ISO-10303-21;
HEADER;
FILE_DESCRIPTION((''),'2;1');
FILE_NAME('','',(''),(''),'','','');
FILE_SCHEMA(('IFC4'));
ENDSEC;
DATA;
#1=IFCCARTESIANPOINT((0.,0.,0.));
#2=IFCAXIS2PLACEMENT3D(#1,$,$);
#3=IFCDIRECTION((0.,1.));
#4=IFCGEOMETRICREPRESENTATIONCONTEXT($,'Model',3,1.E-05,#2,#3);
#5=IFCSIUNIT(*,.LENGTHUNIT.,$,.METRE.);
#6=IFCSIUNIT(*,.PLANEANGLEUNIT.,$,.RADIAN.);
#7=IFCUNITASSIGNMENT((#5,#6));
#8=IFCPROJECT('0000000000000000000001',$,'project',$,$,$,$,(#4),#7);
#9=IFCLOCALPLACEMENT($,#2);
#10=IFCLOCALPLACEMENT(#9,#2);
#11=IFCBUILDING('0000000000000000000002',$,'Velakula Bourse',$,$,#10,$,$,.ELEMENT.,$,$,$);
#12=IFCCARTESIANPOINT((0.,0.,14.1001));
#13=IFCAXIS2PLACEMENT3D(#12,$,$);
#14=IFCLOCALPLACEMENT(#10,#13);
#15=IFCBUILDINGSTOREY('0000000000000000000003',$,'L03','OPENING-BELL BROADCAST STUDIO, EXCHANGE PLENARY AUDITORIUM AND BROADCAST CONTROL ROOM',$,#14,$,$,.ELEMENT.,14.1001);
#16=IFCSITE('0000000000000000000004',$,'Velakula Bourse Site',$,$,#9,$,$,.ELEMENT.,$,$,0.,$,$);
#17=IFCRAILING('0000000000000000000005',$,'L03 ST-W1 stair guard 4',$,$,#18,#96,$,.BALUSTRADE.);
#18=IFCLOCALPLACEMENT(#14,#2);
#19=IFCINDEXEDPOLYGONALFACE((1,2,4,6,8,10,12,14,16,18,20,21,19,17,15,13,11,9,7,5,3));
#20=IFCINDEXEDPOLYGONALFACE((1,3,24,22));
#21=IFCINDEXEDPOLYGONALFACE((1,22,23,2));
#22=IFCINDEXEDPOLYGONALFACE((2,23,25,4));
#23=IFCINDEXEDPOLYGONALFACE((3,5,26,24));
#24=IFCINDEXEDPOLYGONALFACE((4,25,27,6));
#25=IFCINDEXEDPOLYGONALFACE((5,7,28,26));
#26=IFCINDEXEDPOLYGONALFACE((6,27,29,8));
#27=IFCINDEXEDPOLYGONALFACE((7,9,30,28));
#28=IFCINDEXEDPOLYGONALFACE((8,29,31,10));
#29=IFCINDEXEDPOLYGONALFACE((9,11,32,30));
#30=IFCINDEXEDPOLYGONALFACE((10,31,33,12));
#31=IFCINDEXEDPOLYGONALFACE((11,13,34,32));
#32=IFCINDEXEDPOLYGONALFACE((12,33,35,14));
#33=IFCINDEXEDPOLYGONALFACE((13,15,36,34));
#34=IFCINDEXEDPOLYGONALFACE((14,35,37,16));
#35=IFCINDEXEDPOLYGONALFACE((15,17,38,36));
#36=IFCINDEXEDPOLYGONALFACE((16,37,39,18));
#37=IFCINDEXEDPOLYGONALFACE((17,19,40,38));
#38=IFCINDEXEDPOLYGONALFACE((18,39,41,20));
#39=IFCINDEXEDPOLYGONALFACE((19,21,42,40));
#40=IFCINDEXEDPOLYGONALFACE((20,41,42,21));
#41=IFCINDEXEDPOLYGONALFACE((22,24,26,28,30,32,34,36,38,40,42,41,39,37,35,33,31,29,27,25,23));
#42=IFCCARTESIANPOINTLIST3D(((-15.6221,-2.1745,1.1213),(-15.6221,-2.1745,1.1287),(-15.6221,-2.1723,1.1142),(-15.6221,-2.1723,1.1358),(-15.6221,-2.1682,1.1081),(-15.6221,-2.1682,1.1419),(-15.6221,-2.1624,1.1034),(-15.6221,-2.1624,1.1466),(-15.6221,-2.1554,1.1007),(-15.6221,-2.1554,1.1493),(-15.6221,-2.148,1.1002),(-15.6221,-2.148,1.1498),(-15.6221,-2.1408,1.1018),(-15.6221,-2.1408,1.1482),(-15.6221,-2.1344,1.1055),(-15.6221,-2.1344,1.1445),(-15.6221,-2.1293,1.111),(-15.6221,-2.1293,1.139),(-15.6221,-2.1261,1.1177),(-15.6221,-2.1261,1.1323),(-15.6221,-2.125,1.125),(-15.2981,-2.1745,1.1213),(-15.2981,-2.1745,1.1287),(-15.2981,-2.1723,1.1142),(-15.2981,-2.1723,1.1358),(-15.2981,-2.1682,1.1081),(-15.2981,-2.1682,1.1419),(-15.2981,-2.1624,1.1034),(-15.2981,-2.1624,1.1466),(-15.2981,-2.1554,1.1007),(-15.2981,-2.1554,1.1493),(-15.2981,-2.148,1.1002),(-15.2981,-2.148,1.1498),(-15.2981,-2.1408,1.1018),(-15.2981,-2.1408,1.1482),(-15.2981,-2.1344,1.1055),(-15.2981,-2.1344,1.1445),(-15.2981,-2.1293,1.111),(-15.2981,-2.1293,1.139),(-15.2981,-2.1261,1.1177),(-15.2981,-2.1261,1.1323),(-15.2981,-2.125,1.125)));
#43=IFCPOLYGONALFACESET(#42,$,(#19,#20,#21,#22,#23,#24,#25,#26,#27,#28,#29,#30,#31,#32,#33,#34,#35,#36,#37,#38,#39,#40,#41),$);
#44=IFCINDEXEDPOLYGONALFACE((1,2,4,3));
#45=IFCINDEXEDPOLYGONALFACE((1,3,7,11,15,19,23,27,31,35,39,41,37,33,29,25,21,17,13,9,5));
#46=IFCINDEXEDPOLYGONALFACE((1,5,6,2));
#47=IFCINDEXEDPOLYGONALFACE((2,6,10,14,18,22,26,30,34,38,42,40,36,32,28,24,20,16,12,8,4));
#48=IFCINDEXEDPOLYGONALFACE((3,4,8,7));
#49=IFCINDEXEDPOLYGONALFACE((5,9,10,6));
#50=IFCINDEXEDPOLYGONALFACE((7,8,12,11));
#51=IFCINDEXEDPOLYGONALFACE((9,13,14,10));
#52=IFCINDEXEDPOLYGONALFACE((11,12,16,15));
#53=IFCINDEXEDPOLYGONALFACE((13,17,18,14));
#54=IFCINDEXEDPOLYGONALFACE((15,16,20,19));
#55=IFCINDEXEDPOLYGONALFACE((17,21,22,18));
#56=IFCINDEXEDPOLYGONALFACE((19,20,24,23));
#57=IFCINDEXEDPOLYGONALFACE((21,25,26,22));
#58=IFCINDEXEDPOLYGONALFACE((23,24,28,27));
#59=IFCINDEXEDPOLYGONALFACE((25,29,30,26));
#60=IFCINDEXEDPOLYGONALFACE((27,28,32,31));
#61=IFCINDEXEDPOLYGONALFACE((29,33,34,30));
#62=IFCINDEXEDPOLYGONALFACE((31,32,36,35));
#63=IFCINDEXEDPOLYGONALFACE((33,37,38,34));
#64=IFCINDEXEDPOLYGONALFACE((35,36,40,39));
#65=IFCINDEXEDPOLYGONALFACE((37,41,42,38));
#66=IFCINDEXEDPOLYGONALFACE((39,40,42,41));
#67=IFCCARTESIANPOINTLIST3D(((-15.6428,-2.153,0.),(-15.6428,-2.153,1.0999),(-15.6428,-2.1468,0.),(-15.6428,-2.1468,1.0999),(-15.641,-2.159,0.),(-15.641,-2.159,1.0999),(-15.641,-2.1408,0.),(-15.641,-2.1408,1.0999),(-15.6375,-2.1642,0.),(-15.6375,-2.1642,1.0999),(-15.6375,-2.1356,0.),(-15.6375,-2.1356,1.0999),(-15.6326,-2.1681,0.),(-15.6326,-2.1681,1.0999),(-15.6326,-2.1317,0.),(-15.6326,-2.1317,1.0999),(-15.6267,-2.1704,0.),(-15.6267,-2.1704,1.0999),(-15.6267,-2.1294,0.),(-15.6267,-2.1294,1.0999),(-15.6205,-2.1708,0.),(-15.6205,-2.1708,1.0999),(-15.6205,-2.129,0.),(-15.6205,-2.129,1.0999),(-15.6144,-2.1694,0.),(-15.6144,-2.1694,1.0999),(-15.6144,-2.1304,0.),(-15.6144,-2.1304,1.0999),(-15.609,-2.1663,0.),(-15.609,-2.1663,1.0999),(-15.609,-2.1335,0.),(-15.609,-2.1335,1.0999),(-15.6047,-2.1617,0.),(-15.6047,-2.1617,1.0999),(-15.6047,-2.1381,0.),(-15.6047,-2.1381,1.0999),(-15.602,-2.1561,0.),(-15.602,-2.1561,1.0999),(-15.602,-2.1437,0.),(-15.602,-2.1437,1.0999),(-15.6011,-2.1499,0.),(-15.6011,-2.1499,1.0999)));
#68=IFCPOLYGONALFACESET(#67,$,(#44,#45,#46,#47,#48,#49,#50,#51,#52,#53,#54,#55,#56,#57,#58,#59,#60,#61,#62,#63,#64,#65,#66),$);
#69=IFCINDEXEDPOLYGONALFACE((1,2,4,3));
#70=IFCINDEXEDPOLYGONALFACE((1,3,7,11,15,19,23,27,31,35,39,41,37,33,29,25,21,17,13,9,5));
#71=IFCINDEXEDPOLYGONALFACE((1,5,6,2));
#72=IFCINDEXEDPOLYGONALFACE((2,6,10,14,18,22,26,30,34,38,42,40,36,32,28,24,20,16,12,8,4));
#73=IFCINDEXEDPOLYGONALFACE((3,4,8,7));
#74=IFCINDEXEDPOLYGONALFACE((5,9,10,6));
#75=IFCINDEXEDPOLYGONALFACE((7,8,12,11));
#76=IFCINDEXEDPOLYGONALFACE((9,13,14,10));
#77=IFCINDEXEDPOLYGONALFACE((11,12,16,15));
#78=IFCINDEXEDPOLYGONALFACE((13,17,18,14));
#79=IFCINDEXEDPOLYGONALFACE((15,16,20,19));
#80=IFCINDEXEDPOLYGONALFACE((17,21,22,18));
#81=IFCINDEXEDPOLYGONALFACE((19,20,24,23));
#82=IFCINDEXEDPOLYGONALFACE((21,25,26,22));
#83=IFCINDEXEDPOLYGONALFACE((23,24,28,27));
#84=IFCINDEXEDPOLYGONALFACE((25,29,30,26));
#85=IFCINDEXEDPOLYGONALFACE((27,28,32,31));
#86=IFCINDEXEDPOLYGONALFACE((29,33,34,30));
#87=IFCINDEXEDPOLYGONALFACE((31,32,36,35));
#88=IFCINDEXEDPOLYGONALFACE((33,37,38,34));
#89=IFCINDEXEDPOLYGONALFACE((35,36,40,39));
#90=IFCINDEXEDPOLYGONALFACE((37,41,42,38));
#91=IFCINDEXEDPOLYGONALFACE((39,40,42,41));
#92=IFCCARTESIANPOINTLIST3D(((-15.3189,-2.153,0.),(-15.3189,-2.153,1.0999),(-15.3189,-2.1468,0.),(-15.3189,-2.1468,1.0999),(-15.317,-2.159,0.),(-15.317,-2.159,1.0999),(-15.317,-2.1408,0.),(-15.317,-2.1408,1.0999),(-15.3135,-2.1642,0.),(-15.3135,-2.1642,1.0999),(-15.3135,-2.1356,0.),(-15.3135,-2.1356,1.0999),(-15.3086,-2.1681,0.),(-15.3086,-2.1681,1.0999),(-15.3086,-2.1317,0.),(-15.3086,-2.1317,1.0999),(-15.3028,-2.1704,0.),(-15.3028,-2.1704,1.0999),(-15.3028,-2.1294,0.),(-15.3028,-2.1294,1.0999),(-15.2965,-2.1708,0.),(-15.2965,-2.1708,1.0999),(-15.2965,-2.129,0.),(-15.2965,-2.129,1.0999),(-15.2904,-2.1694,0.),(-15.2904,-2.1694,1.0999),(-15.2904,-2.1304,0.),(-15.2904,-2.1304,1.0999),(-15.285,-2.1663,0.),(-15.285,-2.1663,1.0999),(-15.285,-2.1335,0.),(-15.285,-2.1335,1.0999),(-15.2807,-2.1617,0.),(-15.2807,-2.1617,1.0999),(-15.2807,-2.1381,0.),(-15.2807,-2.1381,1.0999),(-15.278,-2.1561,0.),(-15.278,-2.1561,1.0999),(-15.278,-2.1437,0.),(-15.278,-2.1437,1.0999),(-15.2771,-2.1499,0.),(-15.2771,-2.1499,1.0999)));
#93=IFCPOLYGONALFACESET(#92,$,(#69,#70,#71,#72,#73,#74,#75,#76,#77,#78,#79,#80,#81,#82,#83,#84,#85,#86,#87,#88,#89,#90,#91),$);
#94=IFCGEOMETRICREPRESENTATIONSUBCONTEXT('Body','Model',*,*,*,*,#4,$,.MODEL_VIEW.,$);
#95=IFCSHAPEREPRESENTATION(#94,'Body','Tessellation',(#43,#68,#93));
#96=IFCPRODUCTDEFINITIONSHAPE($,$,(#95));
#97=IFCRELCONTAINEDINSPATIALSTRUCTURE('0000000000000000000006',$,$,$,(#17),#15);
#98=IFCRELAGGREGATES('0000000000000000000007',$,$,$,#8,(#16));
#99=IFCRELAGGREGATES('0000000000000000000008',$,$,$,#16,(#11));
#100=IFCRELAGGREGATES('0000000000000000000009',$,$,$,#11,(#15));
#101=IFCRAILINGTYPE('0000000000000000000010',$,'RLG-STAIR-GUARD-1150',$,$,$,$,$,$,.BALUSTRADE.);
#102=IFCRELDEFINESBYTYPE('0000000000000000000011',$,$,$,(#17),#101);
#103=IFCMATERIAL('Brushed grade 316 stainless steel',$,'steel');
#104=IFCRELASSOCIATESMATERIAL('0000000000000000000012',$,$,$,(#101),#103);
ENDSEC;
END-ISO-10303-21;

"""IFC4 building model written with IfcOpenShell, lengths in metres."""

from ifc_helpers import new_model, si_unit, direction, frame, origin, origin_2d, place, context, subcontext, project, spatial, circle, extrude, material, type_object, element, save


model = new_model("IFC4")

# Units and contexts
model_context = context("Model", 3, precision=1e-05, world=origin(), true_north=direction((0.0, 1.0)))
body_context = subcontext(model_context, "Body", "Model", "MODEL_VIEW")
ifc_project = project(units=[si_unit("LENGTHUNIT", "METRE"), si_unit("PLANEANGLEUNIT", "RADIAN")], contexts=[model_context])

# Site, building, storey
site_placement = place(None, origin())
site = spatial("IfcSite", under=ifc_project, at=site_placement, Name="Velakula Bourse Site", CompositionType="ELEMENT", RefElevation=0.0)
building_placement = place(site_placement, origin())
building = spatial("IfcBuilding", under=site, at=building_placement, Name="Velakula Bourse", CompositionType="ELEMENT")
storey_placement = place(building_placement, frame((0.0, 0.0, 14.1001)))
storey = spatial("IfcBuildingStorey", under=building, at=storey_placement, Name="L03", Description="OPENING-BELL BROADCAST STUDIO, EXCHANGE PLENARY AUDITORIUM AND BROADCAST CONTROL ROOM", CompositionType="ELEMENT", Elevation=14.1001)

# Shared definitions
ifc_material_1 = material(Name="Brushed grade 316 stainless steel", Category="steel")

# Railing
railing_type_1 = type_object("IfcRailingType", Name="RLG-STAIR-GUARD-1150", PredefinedType="BALUSTRADE", material=ifc_material_1)
railing_1_placement = place(storey_placement, frame((-15.6221, -2.1499, 0.0)))
element("IfcRailing", 1, at=railing_1_placement, inside=storey, type_object=railing_type_1, Name="L03 ST-W1 stair guard 4", PredefinedType="BALUSTRADE", context=body_context, shape_type="SweptSolid", body=[
    extrude(circle(Radius=0.0249, at=origin_2d()), frame((0.0, 0.0, 1.125), z_axis=(1.0, 0.0, 0.0), x_axis=(0.0, 1.0, 0.0)), (0.0, 0.0, 1.0), 0.324),
    extrude(circle(Radius=0.021, at=origin_2d()), origin(), (0.0, 0.0, 1.0), 1.0999),
    extrude(circle(Radius=0.021, at=origin_2d()), frame((0.324, 0.0, 0.0)), (0.0, 0.0, 1.0), 1.0999),
])

save(model, "model.ifc")
